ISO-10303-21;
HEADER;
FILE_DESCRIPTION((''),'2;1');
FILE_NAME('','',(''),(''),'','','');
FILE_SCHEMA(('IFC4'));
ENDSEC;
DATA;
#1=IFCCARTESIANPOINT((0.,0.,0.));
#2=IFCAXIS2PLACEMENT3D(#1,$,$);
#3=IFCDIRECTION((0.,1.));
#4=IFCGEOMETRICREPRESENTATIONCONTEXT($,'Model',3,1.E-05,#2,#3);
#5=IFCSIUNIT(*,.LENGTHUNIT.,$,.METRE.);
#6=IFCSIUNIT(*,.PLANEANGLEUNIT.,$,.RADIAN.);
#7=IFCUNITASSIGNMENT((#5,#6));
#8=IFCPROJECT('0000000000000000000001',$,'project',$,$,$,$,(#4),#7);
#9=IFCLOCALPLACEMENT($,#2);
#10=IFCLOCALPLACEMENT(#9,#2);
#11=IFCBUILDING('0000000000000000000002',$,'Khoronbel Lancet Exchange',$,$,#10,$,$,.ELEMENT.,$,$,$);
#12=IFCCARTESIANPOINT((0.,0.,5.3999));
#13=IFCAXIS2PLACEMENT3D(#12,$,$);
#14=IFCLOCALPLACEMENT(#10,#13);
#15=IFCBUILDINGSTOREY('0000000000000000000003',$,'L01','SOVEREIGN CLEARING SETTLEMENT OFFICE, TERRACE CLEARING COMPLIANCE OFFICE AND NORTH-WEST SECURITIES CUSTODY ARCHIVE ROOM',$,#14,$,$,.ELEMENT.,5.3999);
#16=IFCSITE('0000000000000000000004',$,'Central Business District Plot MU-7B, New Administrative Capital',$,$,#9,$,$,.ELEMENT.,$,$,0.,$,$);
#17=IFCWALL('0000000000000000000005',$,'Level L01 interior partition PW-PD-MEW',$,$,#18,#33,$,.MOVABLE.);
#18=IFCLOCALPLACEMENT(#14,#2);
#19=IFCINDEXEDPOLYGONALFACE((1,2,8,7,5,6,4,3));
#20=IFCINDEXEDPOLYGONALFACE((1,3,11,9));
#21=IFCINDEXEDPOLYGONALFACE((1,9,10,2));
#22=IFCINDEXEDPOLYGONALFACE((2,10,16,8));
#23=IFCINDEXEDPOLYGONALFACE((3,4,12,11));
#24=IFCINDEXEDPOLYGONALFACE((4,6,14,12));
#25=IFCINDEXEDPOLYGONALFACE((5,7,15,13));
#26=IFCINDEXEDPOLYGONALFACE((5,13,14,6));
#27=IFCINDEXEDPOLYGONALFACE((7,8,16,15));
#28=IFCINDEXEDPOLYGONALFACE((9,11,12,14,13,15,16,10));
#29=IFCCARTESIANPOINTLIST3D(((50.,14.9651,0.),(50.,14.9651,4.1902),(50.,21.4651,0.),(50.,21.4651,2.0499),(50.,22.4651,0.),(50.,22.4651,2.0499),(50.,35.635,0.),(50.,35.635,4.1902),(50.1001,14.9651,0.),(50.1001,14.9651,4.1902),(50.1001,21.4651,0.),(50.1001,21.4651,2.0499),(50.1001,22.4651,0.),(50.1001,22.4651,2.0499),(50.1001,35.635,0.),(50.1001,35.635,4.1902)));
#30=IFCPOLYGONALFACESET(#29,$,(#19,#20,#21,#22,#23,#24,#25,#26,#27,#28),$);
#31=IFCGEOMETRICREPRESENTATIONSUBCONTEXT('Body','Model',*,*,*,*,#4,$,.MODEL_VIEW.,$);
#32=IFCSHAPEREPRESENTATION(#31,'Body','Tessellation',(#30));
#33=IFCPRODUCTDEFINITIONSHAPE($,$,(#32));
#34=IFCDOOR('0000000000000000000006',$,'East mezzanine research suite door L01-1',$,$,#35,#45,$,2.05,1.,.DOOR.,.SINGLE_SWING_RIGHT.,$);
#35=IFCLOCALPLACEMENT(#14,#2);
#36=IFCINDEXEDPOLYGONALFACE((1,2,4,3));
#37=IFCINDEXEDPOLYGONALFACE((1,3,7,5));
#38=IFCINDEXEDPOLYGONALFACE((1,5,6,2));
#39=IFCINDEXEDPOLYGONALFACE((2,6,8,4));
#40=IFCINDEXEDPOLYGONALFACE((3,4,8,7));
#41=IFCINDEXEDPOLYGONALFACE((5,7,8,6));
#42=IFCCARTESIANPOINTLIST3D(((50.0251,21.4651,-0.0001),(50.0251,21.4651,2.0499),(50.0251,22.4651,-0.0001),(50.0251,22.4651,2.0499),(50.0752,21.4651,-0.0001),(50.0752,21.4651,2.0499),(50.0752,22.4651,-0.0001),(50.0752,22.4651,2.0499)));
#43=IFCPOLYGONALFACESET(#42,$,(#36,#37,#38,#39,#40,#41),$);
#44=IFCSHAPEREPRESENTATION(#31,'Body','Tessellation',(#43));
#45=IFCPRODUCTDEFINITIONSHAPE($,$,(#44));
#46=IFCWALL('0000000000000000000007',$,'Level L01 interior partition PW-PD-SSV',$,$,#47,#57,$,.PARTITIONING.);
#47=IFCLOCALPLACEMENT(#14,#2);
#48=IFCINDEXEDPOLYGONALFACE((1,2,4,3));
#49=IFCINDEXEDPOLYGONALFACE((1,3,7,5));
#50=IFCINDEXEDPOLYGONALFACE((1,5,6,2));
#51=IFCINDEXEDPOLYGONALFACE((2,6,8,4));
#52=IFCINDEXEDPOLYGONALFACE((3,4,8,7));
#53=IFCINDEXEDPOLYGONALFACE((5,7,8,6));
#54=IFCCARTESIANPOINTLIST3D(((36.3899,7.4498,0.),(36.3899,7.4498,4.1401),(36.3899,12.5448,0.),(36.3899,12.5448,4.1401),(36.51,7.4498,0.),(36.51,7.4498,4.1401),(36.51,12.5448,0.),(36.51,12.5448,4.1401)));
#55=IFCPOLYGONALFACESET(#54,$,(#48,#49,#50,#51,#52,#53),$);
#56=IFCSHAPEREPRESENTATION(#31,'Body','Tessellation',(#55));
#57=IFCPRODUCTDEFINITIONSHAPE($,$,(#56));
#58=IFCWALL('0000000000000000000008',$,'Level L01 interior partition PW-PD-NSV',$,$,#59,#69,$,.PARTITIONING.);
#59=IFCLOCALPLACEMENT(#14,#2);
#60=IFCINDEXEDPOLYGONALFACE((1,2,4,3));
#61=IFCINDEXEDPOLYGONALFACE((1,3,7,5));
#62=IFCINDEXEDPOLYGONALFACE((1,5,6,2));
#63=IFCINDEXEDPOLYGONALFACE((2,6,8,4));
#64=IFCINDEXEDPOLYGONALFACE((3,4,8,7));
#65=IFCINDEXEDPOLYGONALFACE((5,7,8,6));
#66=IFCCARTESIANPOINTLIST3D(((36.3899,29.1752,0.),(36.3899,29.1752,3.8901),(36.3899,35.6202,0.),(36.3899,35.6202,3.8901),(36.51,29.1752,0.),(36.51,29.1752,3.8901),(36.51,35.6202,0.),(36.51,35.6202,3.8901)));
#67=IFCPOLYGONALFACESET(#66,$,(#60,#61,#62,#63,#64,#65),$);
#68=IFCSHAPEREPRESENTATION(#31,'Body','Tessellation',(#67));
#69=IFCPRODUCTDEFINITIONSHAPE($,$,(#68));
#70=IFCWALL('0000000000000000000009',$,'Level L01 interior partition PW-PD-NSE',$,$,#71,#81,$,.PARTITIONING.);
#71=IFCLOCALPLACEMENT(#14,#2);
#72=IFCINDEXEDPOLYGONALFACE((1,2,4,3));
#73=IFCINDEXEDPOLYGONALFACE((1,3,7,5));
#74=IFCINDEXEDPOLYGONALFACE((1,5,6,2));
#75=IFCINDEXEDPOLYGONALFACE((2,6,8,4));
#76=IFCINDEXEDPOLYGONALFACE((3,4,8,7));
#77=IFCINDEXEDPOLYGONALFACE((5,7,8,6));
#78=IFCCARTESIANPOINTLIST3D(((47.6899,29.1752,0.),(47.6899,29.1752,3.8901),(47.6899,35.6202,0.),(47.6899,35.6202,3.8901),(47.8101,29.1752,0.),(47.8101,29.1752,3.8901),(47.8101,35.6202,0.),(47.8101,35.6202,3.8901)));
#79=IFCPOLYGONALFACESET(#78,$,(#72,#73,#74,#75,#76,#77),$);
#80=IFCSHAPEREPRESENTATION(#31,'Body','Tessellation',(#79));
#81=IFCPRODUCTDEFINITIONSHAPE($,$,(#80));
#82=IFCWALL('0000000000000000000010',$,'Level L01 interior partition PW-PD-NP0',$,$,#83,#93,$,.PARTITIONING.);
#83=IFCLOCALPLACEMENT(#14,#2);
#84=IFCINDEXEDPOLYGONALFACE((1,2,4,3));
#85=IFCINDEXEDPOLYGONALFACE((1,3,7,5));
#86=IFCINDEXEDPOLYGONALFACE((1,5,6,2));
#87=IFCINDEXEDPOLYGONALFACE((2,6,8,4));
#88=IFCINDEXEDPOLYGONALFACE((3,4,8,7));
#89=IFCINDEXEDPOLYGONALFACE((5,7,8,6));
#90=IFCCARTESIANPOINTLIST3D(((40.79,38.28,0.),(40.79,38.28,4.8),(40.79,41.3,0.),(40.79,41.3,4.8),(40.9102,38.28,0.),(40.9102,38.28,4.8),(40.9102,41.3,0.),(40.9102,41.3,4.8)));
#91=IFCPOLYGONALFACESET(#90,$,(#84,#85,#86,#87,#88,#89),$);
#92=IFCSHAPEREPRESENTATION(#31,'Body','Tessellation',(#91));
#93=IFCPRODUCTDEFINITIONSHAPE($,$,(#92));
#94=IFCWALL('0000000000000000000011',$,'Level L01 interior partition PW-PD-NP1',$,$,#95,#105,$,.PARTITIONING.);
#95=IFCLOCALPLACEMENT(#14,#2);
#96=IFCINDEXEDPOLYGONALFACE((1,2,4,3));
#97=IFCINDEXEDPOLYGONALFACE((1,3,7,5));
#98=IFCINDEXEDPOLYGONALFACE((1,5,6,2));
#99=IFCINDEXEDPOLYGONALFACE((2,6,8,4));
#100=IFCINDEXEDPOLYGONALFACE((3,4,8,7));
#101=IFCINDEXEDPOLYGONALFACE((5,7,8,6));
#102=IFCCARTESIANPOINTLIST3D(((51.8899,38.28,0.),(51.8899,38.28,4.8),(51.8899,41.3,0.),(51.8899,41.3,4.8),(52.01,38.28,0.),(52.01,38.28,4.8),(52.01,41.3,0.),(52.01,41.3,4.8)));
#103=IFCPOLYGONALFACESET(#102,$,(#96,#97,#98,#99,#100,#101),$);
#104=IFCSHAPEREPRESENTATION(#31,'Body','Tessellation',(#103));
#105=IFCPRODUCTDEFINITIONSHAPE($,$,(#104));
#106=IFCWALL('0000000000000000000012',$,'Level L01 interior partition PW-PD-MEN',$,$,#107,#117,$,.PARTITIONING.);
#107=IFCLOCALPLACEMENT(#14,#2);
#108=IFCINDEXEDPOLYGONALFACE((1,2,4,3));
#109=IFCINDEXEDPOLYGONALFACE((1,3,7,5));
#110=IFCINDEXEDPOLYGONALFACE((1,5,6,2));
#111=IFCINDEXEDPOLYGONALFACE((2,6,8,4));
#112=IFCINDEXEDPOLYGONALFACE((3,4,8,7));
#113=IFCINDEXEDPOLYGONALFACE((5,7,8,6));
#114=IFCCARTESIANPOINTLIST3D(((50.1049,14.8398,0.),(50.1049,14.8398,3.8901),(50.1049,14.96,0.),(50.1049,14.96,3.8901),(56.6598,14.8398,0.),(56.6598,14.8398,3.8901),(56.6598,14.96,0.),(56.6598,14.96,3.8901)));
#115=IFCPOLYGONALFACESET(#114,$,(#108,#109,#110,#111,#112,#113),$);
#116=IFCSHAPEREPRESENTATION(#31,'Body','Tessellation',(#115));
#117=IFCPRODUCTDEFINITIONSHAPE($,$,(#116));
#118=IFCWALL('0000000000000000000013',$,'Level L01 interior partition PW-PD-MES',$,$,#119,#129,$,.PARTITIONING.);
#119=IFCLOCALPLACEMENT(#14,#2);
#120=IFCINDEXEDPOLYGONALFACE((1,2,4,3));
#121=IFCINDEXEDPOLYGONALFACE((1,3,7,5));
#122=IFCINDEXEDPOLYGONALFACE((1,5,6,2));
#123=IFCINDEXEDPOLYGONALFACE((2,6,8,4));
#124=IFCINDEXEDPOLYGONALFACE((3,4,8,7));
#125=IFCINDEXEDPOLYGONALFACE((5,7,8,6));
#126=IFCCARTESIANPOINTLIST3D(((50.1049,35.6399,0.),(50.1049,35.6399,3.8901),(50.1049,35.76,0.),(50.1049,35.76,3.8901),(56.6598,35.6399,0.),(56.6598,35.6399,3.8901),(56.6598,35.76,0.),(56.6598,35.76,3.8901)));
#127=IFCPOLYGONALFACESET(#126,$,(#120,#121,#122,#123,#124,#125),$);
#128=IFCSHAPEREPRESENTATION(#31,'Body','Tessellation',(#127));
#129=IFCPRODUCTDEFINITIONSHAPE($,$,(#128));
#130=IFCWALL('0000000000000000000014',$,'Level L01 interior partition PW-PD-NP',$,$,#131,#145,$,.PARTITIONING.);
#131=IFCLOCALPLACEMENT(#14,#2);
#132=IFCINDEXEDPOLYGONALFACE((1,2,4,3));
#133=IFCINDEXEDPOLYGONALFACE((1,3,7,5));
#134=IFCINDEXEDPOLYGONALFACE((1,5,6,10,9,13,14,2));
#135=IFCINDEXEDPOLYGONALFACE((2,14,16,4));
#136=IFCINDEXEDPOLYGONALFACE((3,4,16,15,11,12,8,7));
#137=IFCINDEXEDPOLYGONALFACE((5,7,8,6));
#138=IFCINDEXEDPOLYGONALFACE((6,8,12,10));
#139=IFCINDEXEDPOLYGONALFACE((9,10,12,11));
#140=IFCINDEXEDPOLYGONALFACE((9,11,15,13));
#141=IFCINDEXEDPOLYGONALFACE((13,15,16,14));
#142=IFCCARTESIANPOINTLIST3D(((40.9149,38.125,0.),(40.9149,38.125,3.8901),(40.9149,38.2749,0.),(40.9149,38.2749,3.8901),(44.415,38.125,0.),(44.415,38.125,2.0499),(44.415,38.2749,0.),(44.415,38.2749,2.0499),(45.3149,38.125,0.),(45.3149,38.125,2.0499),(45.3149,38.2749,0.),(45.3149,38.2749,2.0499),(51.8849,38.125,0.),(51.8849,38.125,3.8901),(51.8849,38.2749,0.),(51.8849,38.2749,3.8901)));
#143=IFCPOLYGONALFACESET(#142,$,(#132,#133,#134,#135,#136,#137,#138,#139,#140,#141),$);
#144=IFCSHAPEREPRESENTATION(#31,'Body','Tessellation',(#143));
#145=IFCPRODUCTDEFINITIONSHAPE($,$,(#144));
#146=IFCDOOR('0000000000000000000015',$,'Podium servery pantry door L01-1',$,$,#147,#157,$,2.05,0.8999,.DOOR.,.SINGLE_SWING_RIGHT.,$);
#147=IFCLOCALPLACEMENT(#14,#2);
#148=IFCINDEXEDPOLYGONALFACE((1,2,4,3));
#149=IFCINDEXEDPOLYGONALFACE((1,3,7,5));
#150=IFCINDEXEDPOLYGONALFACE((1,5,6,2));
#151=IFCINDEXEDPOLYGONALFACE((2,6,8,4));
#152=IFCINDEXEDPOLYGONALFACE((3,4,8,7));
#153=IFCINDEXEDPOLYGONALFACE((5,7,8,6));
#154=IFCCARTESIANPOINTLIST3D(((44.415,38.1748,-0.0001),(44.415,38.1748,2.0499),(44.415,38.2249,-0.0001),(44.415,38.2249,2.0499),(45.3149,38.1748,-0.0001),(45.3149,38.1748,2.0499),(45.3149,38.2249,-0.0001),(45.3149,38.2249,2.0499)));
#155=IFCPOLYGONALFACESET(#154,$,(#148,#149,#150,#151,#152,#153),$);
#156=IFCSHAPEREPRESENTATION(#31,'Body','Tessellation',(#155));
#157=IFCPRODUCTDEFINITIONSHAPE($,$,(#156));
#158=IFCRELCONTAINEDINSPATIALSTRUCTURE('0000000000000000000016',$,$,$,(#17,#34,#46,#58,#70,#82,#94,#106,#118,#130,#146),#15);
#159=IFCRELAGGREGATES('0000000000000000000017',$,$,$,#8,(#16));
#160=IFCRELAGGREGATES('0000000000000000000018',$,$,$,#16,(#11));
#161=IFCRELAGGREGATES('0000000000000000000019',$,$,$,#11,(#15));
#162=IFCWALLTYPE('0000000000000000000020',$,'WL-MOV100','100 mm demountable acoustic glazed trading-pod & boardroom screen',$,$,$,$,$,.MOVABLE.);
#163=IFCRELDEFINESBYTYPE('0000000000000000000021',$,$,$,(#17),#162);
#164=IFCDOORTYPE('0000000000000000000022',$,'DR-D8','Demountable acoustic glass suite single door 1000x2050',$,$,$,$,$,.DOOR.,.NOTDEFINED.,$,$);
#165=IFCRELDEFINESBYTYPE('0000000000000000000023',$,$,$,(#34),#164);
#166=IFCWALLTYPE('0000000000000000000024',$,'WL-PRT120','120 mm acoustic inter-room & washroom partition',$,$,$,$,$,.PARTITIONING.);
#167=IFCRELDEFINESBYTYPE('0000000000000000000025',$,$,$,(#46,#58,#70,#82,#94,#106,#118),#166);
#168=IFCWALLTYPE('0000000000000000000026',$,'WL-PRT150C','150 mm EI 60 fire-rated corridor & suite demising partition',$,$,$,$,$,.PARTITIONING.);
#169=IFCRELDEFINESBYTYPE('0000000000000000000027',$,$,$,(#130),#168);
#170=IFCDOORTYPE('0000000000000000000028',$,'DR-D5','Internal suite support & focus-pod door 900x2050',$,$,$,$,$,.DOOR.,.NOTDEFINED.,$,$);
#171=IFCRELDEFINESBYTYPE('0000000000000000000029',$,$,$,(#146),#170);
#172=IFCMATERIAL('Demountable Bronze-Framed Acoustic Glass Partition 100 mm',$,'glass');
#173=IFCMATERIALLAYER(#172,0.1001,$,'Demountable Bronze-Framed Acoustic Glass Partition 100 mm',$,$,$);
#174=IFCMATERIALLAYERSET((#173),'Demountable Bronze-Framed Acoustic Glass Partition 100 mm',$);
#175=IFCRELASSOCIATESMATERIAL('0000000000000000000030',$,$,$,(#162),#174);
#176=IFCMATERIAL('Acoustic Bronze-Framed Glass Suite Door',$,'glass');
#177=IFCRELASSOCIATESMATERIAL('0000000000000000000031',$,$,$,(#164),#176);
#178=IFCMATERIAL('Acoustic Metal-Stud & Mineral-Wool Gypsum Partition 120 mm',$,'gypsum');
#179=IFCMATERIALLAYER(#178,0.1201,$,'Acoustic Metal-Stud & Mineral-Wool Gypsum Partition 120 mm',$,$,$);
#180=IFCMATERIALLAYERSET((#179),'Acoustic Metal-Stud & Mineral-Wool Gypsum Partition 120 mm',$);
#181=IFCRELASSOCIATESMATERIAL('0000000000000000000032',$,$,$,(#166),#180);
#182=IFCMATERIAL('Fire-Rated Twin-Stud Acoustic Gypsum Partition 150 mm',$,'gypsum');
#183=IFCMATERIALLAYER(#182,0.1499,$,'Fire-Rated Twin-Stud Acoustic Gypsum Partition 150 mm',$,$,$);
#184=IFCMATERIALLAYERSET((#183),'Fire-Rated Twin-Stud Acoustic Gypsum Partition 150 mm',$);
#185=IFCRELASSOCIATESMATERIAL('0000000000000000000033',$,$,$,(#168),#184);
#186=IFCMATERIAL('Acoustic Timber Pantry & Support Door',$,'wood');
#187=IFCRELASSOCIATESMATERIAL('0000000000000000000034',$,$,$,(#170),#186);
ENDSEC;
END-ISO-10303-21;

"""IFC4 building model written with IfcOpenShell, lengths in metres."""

from ifc_helpers import new_model, si_unit, direction, frame, frame_2d, origin, place, context, subcontext, project, spatial, rectangle, extrude, material, layer, layer_set, type_object, element, fill, save


model = new_model("IFC4")

# Units and contexts
model_context = context("Model", 3, precision=1e-05, world=origin(), true_north=direction((0.0, 1.0)))
body_context = subcontext(model_context, "Body", "Model", "MODEL_VIEW")
ifc_project = project(units=[si_unit("LENGTHUNIT", "METRE"), si_unit("PLANEANGLEUNIT", "RADIAN")], contexts=[model_context])

# Site, building, storey
site_placement = place(None, origin())
site = spatial("IfcSite", under=ifc_project, at=site_placement, Name="Central Business District Plot MU-7B, New Administrative Capital", CompositionType="ELEMENT", RefElevation=0.0)
building_placement = place(site_placement, origin())
building = spatial("IfcBuilding", under=site, at=building_placement, Name="Khoronbel Lancet Exchange", CompositionType="ELEMENT")
storey_placement = place(building_placement, frame((0.0, 0.0, 5.3999)))
storey = spatial("IfcBuildingStorey", under=building, at=storey_placement, Name="L01", Description="SOVEREIGN CLEARING SETTLEMENT OFFICE, TERRACE CLEARING COMPLIANCE OFFICE AND NORTH-WEST SECURITIES CUSTODY ARCHIVE ROOM", CompositionType="ELEMENT", Elevation=5.3999)

# Wall, opening, door
ifc_material_1 = material(Name="Demountable Bronze-Framed Acoustic Glass Partition 100 mm", Category="glass")
ifc_layer_1 = layer(ifc_material_1, 0.1001, Name="Demountable Bronze-Framed Acoustic Glass Partition 100 mm")
ifc_layer_set_1 = layer_set([ifc_layer_1], Name="Demountable Bronze-Framed Acoustic Glass Partition 100 mm")
wall_type_1 = type_object("IfcWallType", Name="WL-MOV100", Description="100 mm demountable acoustic glazed trading-pod & boardroom screen", PredefinedType="MOVABLE", material=ifc_layer_set_1)
wall_1_placement = place(storey_placement, frame((50.05, 14.9651, 0.0), z_axis=(0.0, 0.0, 1.0), x_axis=(0.0, 1.0, 0.0)))
wall_1 = element("IfcWall", 1, at=wall_1_placement, inside=storey, type_object=wall_type_1, Name="Level L01 interior partition PW-PD-MEW", PredefinedType="MOVABLE", context=body_context, shape_type="SweptSolid", body=[
    extrude(rectangle(XDim=20.6699, YDim=0.1001, at=frame_2d((10.335, 0.0))), origin(), (0.0, 0.0, 1.0), 4.1902),
])
opening_1_placement = place(wall_1_placement, frame((6.5, 0.0, 0.0)))
opening_1 = element("IfcOpeningElement", 2, at=opening_1_placement, cuts=wall_1, PredefinedType="OPENING", context=body_context, shape_type="SweptSolid", body=[
    extrude(rectangle(XDim=1.0, YDim=2.05, at=frame_2d((0.5, 1.0249))), frame((0.0, 0.0601, 0.0), z_axis=(0.0, -1.0, 0.0), x_axis=(1.0, 0.0, 0.0)), (0.0, 0.0, 1.0), 0.1201),
])
ifc_material_2 = material(Name="Acoustic Bronze-Framed Glass Suite Door", Category="glass")
door_type_1 = type_object("IfcDoorType", Name="DR-D8", Description="Demountable acoustic glass suite single door 1000x2050", OperationType="NOTDEFINED", PredefinedType="DOOR", material=ifc_material_2)
door_1_placement = place(opening_1_placement, origin())
door_1 = element("IfcDoor", 3, at=door_1_placement, inside=storey, type_object=door_type_1, Name="East mezzanine research suite door L01-1", OperationType="SINGLE_SWING_RIGHT", OverallHeight=2.05, OverallWidth=1.0, PredefinedType="DOOR", context=body_context, shape_type="SweptSolid", body=[
    extrude(rectangle(XDim=1.0, YDim=2.05, at=frame_2d((0.5, 1.0249))), frame((0.0, 0.0249, 0.0), z_axis=(0.0, -1.0, 0.0), x_axis=(1.0, 0.0, 0.0)), (0.0, 0.0, 1.0), 0.05),
])
fill(opening_1, door_1)

# Walls
ifc_material_3 = material(Name="Acoustic Metal-Stud & Mineral-Wool Gypsum Partition 120 mm", Category="gypsum")
ifc_layer_2 = layer(ifc_material_3, 0.1201, Name="Acoustic Metal-Stud & Mineral-Wool Gypsum Partition 120 mm")
ifc_layer_set_2 = layer_set([ifc_layer_2], Name="Acoustic Metal-Stud & Mineral-Wool Gypsum Partition 120 mm")
wall_type_2 = type_object("IfcWallType", Name="WL-PRT120", Description="120 mm acoustic inter-room & washroom partition", PredefinedType="PARTITIONING", material=ifc_layer_set_2)
wall_2_placement = place(storey_placement, frame((36.45, 7.45, 0.0), z_axis=(0.0, 0.0, 1.0), x_axis=(0.0, 1.0, 0.0)))
element("IfcWall", 4, at=wall_2_placement, inside=storey, type_object=wall_type_2, Name="Level L01 interior partition PW-PD-SSV", PredefinedType="PARTITIONING", context=body_context, shape_type="SweptSolid", body=[
    extrude(rectangle(XDim=5.095, YDim=0.1201, at=frame_2d((2.5474, 0.0))), origin(), (0.0, 0.0, 1.0), 4.1401),
])
for number, where, z_axis, x_axis, name in (
    (5, (36.45, 29.175, 0.0), (0.0, 0.0, 1.0), (0.0, 1.0, 0.0), "Level L01 interior partition PW-PD-NSV"),
    (6, (47.75, 29.175, 0.0), (0.0, 0.0, 1.0), (0.0, 1.0, 0.0), "Level L01 interior partition PW-PD-NSE"),
):
    element("IfcWall", number, at=place(storey_placement, frame(where, z_axis=z_axis, x_axis=x_axis)), inside=storey, type_object=wall_type_2, Name=name, PredefinedType="PARTITIONING", context=body_context, shape_type="SweptSolid", body=[
        extrude(rectangle(XDim=6.4451, YDim=0.1201, at=frame_2d((3.2227, 0.0))), origin(), (0.0, 0.0, 1.0), 3.8901),
    ])
for number, where, z_axis, x_axis, name in (
    (7, (40.8501, 38.28, 0.0), (0.0, 0.0, 1.0), (0.0, 1.0, 0.0), "Level L01 interior partition PW-PD-NP0"),
    (8, (51.95, 38.28, 0.0), (0.0, 0.0, 1.0), (0.0, 1.0, 0.0), "Level L01 interior partition PW-PD-NP1"),
):
    element("IfcWall", number, at=place(storey_placement, frame(where, z_axis=z_axis, x_axis=x_axis)), inside=storey, type_object=wall_type_2, Name=name, PredefinedType="PARTITIONING", context=body_context, shape_type="SweptSolid", body=[
        extrude(rectangle(XDim=3.02, YDim=0.1201, at=frame_2d((1.51, 0.0))), origin(), (0.0, 0.0, 1.0), 4.8),
    ])
for number, where, z_axis, x_axis, name in (
    (9, (50.105, 14.8999, 0.0), (0.0, 0.0, 1.0), (1.0, 0.0, 0.0), "Level L01 interior partition PW-PD-MEN"),
    (10, (50.105, 35.7, 0.0), (0.0, 0.0, 1.0), (1.0, 0.0, 0.0), "Level L01 interior partition PW-PD-MES"),
):
    element("IfcWall", number, at=place(storey_placement, frame(where, z_axis=z_axis, x_axis=x_axis)), inside=storey, type_object=wall_type_2, Name=name, PredefinedType="PARTITIONING", context=body_context, shape_type="SweptSolid", body=[
        extrude(rectangle(XDim=6.5549, YDim=0.1201, at=frame_2d((3.2773, 0.0))), origin(), (0.0, 0.0, 1.0), 3.8901),
    ])

# Wall, opening, door
ifc_material_4 = material(Name="Fire-Rated Twin-Stud Acoustic Gypsum Partition 150 mm", Category="gypsum")
ifc_layer_3 = layer(ifc_material_4, 0.1499, Name="Fire-Rated Twin-Stud Acoustic Gypsum Partition 150 mm")
ifc_layer_set_3 = layer_set([ifc_layer_3], Name="Fire-Rated Twin-Stud Acoustic Gypsum Partition 150 mm")
wall_type_3 = type_object("IfcWallType", Name="WL-PRT150C", Description="150 mm EI 60 fire-rated corridor & suite demising partition", PredefinedType="PARTITIONING", material=ifc_layer_set_3)
wall_3_placement = place(storey_placement, frame((40.915, 38.2, 0.0), z_axis=(0.0, 0.0, 1.0), x_axis=(1.0, 0.0, 0.0)))
wall_3 = element("IfcWall", 11, at=wall_3_placement, inside=storey, type_object=wall_type_3, Name="Level L01 interior partition PW-PD-NP", PredefinedType="PARTITIONING", context=body_context, shape_type="SweptSolid", body=[
    extrude(rectangle(XDim=10.97, YDim=0.1499, at=frame_2d((5.4849, 0.0))), origin(), (0.0, 0.0, 1.0), 3.8901),
])
opening_2_placement = place(wall_3_placement, frame((3.5, 0.0, 0.0)))
opening_2 = element("IfcOpeningElement", 12, at=opening_2_placement, cuts=wall_3, PredefinedType="OPENING", context=body_context, shape_type="SweptSolid", body=[
    extrude(rectangle(XDim=0.8999, YDim=2.05, at=frame_2d((0.45, 1.0249))), frame((0.0, 0.085, 0.0), z_axis=(0.0, -1.0, 0.0), x_axis=(1.0, 0.0, 0.0)), (0.0, 0.0, 1.0), 0.1699),
])
ifc_material_5 = material(Name="Acoustic Timber Pantry & Support Door", Category="wood")
door_type_2 = type_object("IfcDoorType", Name="DR-D5", Description="Internal suite support & focus-pod door 900x2050", OperationType="NOTDEFINED", PredefinedType="DOOR", material=ifc_material_5)
door_2_placement = place(opening_2_placement, origin())
door_2 = element("IfcDoor", 13, at=door_2_placement, inside=storey, type_object=door_type_2, Name="Podium servery pantry door L01-1", OperationType="SINGLE_SWING_RIGHT", OverallHeight=2.05, OverallWidth=0.8999, PredefinedType="DOOR", context=body_context, shape_type="SweptSolid", body=[
    extrude(rectangle(XDim=0.8999, YDim=2.05, at=frame_2d((0.45, 1.0249))), frame((0.0, 0.0249, 0.0), z_axis=(0.0, -1.0, 0.0), x_axis=(1.0, 0.0, 0.0)), (0.0, 0.0, 1.0), 0.05),
])
fill(opening_2, door_2)

save(model, "model.ifc")
